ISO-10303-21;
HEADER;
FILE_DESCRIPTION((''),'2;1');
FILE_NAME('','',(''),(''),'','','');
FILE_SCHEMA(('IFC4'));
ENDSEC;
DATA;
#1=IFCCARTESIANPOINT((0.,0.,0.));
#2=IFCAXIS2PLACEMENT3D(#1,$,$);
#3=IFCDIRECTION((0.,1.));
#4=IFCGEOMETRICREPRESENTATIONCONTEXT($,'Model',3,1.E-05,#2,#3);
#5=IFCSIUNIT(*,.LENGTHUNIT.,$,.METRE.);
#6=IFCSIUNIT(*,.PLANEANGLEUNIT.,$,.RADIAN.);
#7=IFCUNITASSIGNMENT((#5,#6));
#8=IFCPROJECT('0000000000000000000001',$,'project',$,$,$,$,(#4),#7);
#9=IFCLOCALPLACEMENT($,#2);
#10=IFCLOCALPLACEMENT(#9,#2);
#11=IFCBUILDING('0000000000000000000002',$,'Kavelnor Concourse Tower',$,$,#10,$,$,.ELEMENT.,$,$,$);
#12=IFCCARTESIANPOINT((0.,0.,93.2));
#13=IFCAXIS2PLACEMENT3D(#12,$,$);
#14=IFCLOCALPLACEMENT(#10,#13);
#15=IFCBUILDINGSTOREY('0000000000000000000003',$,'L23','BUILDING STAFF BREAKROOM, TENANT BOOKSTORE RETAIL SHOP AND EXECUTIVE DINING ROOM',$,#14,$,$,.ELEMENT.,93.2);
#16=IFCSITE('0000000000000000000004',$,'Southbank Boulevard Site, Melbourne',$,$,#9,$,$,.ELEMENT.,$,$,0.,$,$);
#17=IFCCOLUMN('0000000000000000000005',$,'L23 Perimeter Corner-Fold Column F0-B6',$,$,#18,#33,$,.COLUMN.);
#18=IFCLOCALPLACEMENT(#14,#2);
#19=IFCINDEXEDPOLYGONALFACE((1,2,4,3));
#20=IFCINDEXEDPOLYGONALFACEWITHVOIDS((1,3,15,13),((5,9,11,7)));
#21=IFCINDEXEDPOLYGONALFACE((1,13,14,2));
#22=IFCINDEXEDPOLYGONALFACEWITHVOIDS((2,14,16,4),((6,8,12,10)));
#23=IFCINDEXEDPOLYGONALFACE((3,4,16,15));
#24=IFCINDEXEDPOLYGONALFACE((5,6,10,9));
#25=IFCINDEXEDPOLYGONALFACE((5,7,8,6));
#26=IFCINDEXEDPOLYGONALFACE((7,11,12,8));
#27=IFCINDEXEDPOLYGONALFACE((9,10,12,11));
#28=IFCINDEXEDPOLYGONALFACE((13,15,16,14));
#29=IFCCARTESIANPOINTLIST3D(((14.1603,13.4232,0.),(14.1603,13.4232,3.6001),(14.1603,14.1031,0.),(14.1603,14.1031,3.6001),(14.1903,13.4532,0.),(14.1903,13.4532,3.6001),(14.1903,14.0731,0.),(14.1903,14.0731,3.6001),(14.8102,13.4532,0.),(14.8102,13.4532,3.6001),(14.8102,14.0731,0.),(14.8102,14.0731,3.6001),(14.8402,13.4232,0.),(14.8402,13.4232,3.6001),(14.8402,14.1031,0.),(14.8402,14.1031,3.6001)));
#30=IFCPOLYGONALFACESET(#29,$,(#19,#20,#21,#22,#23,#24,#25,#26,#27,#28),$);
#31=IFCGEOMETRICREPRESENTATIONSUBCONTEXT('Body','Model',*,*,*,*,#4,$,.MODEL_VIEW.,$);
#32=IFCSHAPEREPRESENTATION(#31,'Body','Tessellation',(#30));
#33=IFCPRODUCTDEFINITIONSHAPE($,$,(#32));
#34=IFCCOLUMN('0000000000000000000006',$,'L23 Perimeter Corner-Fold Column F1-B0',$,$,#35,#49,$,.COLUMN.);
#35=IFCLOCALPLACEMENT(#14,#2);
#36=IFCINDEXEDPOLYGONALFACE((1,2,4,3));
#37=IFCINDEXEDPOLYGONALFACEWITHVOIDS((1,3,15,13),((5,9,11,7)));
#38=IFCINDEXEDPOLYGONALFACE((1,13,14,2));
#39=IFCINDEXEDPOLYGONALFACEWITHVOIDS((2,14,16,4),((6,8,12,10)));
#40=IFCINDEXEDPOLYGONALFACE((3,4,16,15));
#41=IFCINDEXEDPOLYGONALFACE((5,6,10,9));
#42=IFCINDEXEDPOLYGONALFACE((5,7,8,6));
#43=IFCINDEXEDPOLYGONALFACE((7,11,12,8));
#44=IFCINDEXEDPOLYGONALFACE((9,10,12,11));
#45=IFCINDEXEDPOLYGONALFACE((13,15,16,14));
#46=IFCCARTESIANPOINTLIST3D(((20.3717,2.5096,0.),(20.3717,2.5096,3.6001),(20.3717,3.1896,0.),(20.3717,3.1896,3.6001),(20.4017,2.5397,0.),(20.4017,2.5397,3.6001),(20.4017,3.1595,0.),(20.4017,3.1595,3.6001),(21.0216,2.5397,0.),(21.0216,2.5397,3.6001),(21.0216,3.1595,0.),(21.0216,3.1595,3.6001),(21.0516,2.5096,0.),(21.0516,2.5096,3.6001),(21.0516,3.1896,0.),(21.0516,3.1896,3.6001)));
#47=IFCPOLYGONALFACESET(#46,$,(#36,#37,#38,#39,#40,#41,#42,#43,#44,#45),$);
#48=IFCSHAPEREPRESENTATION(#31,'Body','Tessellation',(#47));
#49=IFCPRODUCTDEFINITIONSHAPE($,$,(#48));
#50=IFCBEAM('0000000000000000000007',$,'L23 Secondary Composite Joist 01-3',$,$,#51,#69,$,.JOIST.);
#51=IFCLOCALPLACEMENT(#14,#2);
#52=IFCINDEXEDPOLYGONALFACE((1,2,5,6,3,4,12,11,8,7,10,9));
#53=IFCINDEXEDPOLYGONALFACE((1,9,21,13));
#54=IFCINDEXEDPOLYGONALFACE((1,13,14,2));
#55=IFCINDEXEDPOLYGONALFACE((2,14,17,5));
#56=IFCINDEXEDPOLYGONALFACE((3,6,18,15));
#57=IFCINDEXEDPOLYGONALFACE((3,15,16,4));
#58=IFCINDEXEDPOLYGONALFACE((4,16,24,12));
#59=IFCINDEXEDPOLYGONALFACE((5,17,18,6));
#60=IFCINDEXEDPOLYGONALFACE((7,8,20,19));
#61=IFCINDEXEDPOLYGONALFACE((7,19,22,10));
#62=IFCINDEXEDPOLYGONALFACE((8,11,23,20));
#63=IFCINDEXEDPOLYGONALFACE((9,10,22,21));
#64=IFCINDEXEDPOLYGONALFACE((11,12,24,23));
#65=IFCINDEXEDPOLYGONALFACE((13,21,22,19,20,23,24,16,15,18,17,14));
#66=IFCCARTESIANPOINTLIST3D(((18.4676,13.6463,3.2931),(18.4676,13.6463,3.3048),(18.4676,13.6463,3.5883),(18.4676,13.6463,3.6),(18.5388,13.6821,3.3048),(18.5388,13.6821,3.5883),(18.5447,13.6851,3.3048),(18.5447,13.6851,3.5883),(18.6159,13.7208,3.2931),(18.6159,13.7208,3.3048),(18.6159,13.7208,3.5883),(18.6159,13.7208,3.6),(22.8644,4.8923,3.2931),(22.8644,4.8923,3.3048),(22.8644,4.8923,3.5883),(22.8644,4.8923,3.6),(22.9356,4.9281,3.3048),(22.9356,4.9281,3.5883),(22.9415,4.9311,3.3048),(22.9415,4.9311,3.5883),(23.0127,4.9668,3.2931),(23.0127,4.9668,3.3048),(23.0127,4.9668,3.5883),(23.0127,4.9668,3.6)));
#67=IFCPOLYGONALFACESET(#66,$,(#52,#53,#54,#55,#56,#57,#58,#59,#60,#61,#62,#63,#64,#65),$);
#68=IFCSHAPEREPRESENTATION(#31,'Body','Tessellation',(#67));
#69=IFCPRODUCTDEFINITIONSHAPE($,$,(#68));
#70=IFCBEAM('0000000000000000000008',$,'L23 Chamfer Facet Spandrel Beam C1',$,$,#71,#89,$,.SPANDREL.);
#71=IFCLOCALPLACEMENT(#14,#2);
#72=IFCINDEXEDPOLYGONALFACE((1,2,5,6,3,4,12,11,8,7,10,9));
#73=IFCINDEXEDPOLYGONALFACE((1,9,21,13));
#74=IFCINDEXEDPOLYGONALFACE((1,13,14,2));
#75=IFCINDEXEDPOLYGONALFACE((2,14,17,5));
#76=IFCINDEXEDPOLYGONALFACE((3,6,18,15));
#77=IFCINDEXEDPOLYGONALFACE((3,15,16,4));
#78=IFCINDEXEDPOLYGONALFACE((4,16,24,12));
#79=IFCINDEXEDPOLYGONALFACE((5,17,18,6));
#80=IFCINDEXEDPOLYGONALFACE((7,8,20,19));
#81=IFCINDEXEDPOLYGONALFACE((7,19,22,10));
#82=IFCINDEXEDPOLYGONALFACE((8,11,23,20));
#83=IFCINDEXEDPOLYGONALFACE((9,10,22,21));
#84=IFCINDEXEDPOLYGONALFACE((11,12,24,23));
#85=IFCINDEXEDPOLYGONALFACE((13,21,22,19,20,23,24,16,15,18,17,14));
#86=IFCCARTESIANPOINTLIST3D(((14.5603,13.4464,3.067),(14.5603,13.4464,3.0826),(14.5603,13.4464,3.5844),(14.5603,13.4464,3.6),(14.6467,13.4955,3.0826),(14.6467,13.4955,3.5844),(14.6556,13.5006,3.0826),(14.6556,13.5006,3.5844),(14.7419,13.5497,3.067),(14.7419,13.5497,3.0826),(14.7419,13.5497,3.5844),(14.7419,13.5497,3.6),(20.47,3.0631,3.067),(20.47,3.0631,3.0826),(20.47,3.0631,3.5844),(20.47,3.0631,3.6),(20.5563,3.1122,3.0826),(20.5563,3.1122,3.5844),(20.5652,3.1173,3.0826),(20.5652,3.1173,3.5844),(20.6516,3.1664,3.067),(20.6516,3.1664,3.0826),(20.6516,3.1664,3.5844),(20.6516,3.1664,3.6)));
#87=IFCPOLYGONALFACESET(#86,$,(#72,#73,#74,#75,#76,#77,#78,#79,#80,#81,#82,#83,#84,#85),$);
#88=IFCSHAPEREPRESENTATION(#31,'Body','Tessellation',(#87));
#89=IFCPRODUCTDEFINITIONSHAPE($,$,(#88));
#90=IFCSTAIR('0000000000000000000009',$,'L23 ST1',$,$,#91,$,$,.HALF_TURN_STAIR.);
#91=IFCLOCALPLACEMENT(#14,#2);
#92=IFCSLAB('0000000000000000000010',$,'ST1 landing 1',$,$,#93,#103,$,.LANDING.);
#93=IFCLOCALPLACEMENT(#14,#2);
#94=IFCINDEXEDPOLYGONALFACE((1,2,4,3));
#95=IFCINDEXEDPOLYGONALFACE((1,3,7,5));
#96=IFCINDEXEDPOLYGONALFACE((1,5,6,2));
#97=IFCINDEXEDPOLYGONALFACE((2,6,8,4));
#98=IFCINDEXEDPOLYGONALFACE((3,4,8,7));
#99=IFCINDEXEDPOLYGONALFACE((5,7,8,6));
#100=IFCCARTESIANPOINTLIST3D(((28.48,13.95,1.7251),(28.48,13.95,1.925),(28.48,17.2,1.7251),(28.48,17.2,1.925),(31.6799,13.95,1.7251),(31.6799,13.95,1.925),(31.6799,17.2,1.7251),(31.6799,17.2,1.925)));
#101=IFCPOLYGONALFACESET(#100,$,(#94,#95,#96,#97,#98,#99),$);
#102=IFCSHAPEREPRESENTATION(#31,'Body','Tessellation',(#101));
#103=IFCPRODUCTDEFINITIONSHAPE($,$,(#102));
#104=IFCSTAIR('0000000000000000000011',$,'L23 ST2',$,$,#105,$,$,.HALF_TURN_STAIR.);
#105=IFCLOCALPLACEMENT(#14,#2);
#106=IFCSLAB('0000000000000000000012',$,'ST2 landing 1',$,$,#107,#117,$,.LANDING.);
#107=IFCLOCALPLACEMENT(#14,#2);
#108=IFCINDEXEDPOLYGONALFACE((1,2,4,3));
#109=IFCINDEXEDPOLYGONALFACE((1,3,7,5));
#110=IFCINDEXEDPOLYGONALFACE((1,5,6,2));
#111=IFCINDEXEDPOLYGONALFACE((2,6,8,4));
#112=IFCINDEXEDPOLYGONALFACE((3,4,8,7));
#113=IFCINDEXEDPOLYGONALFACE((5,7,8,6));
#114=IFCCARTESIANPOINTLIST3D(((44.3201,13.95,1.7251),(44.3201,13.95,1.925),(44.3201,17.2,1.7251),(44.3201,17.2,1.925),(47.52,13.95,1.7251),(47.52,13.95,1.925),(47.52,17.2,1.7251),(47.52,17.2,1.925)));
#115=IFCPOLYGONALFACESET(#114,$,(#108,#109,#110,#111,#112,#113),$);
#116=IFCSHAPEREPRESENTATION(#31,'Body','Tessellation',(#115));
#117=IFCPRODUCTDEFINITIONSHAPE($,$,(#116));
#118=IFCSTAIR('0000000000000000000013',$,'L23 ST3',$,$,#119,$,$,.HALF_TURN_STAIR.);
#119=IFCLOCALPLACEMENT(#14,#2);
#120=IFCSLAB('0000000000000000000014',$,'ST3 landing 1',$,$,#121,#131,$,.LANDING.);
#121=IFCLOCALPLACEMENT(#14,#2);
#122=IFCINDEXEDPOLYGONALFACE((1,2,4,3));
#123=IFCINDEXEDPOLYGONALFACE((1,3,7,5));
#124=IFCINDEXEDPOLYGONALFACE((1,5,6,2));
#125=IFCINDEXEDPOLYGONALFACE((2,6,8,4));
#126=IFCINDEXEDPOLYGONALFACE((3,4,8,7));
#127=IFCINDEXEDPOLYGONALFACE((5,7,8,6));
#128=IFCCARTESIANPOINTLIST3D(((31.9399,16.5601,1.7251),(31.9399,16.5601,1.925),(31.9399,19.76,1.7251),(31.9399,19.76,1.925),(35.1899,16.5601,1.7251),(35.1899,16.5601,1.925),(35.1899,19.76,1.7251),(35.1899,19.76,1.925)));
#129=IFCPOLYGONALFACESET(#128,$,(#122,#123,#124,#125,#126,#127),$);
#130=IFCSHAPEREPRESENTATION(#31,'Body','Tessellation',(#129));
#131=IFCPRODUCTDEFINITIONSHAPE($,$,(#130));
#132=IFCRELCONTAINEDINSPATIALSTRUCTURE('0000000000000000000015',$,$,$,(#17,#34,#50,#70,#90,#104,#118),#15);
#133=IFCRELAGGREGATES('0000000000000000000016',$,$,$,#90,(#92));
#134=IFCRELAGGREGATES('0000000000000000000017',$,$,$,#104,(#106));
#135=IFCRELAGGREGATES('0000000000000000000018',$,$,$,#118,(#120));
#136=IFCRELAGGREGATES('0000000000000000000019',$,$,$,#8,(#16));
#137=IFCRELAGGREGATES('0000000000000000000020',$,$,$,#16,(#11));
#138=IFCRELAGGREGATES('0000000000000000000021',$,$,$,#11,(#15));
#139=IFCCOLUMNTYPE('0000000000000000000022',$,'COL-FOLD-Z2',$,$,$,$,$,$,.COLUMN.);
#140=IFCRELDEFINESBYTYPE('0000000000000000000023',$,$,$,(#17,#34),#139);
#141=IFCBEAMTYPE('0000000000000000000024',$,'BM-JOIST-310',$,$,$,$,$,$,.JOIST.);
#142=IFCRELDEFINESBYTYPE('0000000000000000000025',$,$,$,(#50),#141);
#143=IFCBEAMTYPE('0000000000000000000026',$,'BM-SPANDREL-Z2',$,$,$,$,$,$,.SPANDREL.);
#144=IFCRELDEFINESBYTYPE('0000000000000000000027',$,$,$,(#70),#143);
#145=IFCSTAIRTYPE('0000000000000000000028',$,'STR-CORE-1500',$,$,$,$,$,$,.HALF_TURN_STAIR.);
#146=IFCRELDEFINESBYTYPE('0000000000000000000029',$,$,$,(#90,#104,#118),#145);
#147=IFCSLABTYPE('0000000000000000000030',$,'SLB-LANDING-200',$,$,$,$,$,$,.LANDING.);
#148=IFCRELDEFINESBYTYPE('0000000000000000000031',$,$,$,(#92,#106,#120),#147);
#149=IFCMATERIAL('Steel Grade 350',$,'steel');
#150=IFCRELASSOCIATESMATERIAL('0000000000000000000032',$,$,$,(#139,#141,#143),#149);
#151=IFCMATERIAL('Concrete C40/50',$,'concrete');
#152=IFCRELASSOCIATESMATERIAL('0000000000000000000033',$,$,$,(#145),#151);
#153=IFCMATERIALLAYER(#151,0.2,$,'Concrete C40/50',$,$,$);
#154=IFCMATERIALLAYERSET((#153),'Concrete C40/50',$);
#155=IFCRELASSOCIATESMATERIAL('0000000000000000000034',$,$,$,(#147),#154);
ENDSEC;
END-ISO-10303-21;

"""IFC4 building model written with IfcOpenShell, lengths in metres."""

from ifc_helpers import new_model, si_unit, direction, frame, origin, origin_2d, place, context, subcontext, project, spatial, polyline, hollow_rectangle, i_section, outline, extrude, material, layer, layer_set, material_profile, profile_set, type_object, element, aggregate, save


model = new_model("IFC4")

# Units and contexts
model_context = context("Model", 3, precision=1e-05, world=origin(), true_north=direction((0.0, 1.0)))
body_context = subcontext(model_context, "Body", "Model", "MODEL_VIEW")
ifc_project = project(units=[si_unit("LENGTHUNIT", "METRE"), si_unit("PLANEANGLEUNIT", "RADIAN")], contexts=[model_context])

# Site, building, storey
site_placement = place(None, origin())
site = spatial("IfcSite", under=ifc_project, at=site_placement, Name="Southbank Boulevard Site, Melbourne", CompositionType="ELEMENT", RefElevation=0.0)
building_placement = place(site_placement, origin())
building = spatial("IfcBuilding", under=site, at=building_placement, Name="Kavelnor Concourse Tower", CompositionType="ELEMENT")
storey_placement = place(building_placement, frame((0.0, 0.0, 93.2)))
storey = spatial("IfcBuildingStorey", under=building, at=storey_placement, Name="L23", Description="BUILDING STAFF BREAKROOM, TENANT BOOKSTORE RETAIL SHOP AND EXECUTIVE DINING ROOM", CompositionType="ELEMENT", Elevation=93.2)

# Columns
ifc_material_1 = material(Name="Steel Grade 350", Category="steel")
ifc_material_profile_1 = material_profile(ifc_material_1, hollow_rectangle(XDim=0.6799, YDim=0.6799, WallThickness=0.03, at=origin_2d()), Name="SHS 680x680x30")
ifc_profile_set_1 = profile_set([ifc_material_profile_1], Name="Steel Grade 350")
column_type = type_object("IfcColumnType", Name="COL-FOLD-Z2", PredefinedType="COLUMN", material=ifc_profile_set_1)
for number, where, z_axis, x_axis, name in (
    (1, (14.5002, 13.7632, 0.0), (0.0, 0.0, 1.0), (1.0, 0.0, 0.0), "L23 Perimeter Corner-Fold Column F0-B6"),
    (2, (20.7117, 2.8496, 0.0), (0.0, 0.0, 1.0), (1.0, 0.0, 0.0), "L23 Perimeter Corner-Fold Column F1-B0"),
):
    element("IfcColumn", number, at=place(storey_placement, frame(where, z_axis=z_axis, x_axis=x_axis)), inside=storey, type_object=column_type, Name=name, PredefinedType="COLUMN", context=body_context, shape_type="SweptSolid", body=[
        extrude(hollow_rectangle(XDim=0.6799, YDim=0.6799, WallThickness=0.03, at=origin_2d()), origin(), (0.0, 0.0, 1.0), 3.6001),
    ])

# Beams
ifc_material_profile_2 = material_profile(ifc_material_1, i_section(OverallWidth=0.166, OverallDepth=0.3069, WebThickness=0.0066, FlangeThickness=0.0117, at=origin_2d()), Name="310UB46")
ifc_profile_set_2 = profile_set([ifc_material_profile_2], Name="Steel Grade 350")
beam_type_1 = type_object("IfcBeamType", Name="BM-JOIST-310", PredefinedType="JOIST", material=ifc_profile_set_2)
beam_1_placement = place(storey_placement, frame((18.5417, 13.6836, 3.4465), z_axis=(0.448828, -0.893618, 0.0), x_axis=(0.893618, 0.448828, 0.0)))
element("IfcBeam", 3, at=beam_1_placement, inside=storey, type_object=beam_type_1, Name="L23 Secondary Composite Joist 01-3", PredefinedType="JOIST", context=body_context, shape_type="SweptSolid", body=[
    extrude(i_section(OverallWidth=0.166, OverallDepth=0.3069, WebThickness=0.0066, FlangeThickness=0.0117, at=origin_2d()), origin(), (0.0, 0.0, 1.0), 9.7961),
])
ifc_material_profile_3 = material_profile(ifc_material_1, i_section(OverallWidth=0.209, OverallDepth=0.533, WebThickness=0.0103, FlangeThickness=0.0156, at=origin_2d()), Name="530UB92")
ifc_profile_set_3 = profile_set([ifc_material_profile_3], Name="Steel Grade 350")
beam_type_2 = type_object("IfcBeamType", Name="BM-SPANDREL-Z2", PredefinedType="SPANDREL", material=ifc_profile_set_3)
beam_2_placement = place(storey_placement, frame((14.6511, 13.498, 3.3335), z_axis=(0.494646, -0.869094, 0.0), x_axis=(0.869094, 0.494646, 0.0)))
element("IfcBeam", 4, at=beam_2_placement, inside=storey, type_object=beam_type_2, Name="L23 Chamfer Facet Spandrel Beam C1", PredefinedType="SPANDREL", context=body_context, shape_type="SweptSolid", body=[
    extrude(i_section(OverallWidth=0.209, OverallDepth=0.533, WebThickness=0.0103, FlangeThickness=0.0156, at=origin_2d()), origin(), (0.0, 0.0, 1.0), 11.9473),
])

# Stairs, slabs
ifc_material_2 = material(Name="Concrete C40/50", Category="concrete")
stair_type = type_object("IfcStairType", Name="STR-CORE-1500", PredefinedType="HALF_TURN_STAIR", material=ifc_material_2)
stair_1_placement = place(storey_placement, origin())
stair_1 = element("IfcStair", 5, at=stair_1_placement, inside=storey, type_object=stair_type, Name="L23 ST1", PredefinedType="HALF_TURN_STAIR")
ifc_layer_1 = layer(ifc_material_2, 0.2, Name="Concrete C40/50")
ifc_layer_set_1 = layer_set([ifc_layer_1], Name="Concrete C40/50")
slab_type_1 = type_object("IfcSlabType", Name="SLB-LANDING-200", PredefinedType="LANDING", material=ifc_layer_set_1)
slab_1_placement = place(storey_placement, frame((0.0, 0.0, 1.7251)))
slab_1 = element("IfcSlab", 6, at=slab_1_placement, type_object=slab_type_1, Name="ST1 landing 1", PredefinedType="LANDING", context=body_context, shape_type="SweptSolid", body=[
    extrude(outline(polyline([(31.6799, 13.95), (31.6799, 17.2), (28.48, 17.2), (28.48, 13.95), (31.6799, 13.95)])), origin(), (0.0, 0.0, 1.0), 0.2),
])
aggregate(stair_1, [slab_1])
stair_2_placement = place(storey_placement, origin())
stair_2 = element("IfcStair", 7, at=stair_2_placement, inside=storey, type_object=stair_type, Name="L23 ST2", PredefinedType="HALF_TURN_STAIR")
slab_2_placement = place(storey_placement, frame((0.0, 0.0, 1.7251)))
slab_2 = element("IfcSlab", 8, at=slab_2_placement, type_object=slab_type_1, Name="ST2 landing 1", PredefinedType="LANDING", context=body_context, shape_type="SweptSolid", body=[
    extrude(outline(polyline([(47.52, 13.95), (47.52, 17.2), (44.3201, 17.2), (44.3201, 13.95), (47.52, 13.95)])), origin(), (0.0, 0.0, 1.0), 0.2),
])
aggregate(stair_2, [slab_2])
stair_3_placement = place(storey_placement, origin())
stair_3 = element("IfcStair", 9, at=stair_3_placement, inside=storey, type_object=stair_type, Name="L23 ST3", PredefinedType="HALF_TURN_STAIR")
slab_3_placement = place(storey_placement, frame((0.0, 0.0, 1.7251)))
slab_3 = element("IfcSlab", 10, at=slab_3_placement, type_object=slab_type_1, Name="ST3 landing 1", PredefinedType="LANDING", context=body_context, shape_type="SweptSolid", body=[
    extrude(outline(polyline([(35.1899, 19.76), (31.9399, 19.76), (31.9399, 16.5601), (35.1899, 16.5601), (35.1899, 19.76)])), origin(), (0.0, 0.0, 1.0), 0.2),
])
aggregate(stair_3, [slab_3])

save(model, "model.ifc")
